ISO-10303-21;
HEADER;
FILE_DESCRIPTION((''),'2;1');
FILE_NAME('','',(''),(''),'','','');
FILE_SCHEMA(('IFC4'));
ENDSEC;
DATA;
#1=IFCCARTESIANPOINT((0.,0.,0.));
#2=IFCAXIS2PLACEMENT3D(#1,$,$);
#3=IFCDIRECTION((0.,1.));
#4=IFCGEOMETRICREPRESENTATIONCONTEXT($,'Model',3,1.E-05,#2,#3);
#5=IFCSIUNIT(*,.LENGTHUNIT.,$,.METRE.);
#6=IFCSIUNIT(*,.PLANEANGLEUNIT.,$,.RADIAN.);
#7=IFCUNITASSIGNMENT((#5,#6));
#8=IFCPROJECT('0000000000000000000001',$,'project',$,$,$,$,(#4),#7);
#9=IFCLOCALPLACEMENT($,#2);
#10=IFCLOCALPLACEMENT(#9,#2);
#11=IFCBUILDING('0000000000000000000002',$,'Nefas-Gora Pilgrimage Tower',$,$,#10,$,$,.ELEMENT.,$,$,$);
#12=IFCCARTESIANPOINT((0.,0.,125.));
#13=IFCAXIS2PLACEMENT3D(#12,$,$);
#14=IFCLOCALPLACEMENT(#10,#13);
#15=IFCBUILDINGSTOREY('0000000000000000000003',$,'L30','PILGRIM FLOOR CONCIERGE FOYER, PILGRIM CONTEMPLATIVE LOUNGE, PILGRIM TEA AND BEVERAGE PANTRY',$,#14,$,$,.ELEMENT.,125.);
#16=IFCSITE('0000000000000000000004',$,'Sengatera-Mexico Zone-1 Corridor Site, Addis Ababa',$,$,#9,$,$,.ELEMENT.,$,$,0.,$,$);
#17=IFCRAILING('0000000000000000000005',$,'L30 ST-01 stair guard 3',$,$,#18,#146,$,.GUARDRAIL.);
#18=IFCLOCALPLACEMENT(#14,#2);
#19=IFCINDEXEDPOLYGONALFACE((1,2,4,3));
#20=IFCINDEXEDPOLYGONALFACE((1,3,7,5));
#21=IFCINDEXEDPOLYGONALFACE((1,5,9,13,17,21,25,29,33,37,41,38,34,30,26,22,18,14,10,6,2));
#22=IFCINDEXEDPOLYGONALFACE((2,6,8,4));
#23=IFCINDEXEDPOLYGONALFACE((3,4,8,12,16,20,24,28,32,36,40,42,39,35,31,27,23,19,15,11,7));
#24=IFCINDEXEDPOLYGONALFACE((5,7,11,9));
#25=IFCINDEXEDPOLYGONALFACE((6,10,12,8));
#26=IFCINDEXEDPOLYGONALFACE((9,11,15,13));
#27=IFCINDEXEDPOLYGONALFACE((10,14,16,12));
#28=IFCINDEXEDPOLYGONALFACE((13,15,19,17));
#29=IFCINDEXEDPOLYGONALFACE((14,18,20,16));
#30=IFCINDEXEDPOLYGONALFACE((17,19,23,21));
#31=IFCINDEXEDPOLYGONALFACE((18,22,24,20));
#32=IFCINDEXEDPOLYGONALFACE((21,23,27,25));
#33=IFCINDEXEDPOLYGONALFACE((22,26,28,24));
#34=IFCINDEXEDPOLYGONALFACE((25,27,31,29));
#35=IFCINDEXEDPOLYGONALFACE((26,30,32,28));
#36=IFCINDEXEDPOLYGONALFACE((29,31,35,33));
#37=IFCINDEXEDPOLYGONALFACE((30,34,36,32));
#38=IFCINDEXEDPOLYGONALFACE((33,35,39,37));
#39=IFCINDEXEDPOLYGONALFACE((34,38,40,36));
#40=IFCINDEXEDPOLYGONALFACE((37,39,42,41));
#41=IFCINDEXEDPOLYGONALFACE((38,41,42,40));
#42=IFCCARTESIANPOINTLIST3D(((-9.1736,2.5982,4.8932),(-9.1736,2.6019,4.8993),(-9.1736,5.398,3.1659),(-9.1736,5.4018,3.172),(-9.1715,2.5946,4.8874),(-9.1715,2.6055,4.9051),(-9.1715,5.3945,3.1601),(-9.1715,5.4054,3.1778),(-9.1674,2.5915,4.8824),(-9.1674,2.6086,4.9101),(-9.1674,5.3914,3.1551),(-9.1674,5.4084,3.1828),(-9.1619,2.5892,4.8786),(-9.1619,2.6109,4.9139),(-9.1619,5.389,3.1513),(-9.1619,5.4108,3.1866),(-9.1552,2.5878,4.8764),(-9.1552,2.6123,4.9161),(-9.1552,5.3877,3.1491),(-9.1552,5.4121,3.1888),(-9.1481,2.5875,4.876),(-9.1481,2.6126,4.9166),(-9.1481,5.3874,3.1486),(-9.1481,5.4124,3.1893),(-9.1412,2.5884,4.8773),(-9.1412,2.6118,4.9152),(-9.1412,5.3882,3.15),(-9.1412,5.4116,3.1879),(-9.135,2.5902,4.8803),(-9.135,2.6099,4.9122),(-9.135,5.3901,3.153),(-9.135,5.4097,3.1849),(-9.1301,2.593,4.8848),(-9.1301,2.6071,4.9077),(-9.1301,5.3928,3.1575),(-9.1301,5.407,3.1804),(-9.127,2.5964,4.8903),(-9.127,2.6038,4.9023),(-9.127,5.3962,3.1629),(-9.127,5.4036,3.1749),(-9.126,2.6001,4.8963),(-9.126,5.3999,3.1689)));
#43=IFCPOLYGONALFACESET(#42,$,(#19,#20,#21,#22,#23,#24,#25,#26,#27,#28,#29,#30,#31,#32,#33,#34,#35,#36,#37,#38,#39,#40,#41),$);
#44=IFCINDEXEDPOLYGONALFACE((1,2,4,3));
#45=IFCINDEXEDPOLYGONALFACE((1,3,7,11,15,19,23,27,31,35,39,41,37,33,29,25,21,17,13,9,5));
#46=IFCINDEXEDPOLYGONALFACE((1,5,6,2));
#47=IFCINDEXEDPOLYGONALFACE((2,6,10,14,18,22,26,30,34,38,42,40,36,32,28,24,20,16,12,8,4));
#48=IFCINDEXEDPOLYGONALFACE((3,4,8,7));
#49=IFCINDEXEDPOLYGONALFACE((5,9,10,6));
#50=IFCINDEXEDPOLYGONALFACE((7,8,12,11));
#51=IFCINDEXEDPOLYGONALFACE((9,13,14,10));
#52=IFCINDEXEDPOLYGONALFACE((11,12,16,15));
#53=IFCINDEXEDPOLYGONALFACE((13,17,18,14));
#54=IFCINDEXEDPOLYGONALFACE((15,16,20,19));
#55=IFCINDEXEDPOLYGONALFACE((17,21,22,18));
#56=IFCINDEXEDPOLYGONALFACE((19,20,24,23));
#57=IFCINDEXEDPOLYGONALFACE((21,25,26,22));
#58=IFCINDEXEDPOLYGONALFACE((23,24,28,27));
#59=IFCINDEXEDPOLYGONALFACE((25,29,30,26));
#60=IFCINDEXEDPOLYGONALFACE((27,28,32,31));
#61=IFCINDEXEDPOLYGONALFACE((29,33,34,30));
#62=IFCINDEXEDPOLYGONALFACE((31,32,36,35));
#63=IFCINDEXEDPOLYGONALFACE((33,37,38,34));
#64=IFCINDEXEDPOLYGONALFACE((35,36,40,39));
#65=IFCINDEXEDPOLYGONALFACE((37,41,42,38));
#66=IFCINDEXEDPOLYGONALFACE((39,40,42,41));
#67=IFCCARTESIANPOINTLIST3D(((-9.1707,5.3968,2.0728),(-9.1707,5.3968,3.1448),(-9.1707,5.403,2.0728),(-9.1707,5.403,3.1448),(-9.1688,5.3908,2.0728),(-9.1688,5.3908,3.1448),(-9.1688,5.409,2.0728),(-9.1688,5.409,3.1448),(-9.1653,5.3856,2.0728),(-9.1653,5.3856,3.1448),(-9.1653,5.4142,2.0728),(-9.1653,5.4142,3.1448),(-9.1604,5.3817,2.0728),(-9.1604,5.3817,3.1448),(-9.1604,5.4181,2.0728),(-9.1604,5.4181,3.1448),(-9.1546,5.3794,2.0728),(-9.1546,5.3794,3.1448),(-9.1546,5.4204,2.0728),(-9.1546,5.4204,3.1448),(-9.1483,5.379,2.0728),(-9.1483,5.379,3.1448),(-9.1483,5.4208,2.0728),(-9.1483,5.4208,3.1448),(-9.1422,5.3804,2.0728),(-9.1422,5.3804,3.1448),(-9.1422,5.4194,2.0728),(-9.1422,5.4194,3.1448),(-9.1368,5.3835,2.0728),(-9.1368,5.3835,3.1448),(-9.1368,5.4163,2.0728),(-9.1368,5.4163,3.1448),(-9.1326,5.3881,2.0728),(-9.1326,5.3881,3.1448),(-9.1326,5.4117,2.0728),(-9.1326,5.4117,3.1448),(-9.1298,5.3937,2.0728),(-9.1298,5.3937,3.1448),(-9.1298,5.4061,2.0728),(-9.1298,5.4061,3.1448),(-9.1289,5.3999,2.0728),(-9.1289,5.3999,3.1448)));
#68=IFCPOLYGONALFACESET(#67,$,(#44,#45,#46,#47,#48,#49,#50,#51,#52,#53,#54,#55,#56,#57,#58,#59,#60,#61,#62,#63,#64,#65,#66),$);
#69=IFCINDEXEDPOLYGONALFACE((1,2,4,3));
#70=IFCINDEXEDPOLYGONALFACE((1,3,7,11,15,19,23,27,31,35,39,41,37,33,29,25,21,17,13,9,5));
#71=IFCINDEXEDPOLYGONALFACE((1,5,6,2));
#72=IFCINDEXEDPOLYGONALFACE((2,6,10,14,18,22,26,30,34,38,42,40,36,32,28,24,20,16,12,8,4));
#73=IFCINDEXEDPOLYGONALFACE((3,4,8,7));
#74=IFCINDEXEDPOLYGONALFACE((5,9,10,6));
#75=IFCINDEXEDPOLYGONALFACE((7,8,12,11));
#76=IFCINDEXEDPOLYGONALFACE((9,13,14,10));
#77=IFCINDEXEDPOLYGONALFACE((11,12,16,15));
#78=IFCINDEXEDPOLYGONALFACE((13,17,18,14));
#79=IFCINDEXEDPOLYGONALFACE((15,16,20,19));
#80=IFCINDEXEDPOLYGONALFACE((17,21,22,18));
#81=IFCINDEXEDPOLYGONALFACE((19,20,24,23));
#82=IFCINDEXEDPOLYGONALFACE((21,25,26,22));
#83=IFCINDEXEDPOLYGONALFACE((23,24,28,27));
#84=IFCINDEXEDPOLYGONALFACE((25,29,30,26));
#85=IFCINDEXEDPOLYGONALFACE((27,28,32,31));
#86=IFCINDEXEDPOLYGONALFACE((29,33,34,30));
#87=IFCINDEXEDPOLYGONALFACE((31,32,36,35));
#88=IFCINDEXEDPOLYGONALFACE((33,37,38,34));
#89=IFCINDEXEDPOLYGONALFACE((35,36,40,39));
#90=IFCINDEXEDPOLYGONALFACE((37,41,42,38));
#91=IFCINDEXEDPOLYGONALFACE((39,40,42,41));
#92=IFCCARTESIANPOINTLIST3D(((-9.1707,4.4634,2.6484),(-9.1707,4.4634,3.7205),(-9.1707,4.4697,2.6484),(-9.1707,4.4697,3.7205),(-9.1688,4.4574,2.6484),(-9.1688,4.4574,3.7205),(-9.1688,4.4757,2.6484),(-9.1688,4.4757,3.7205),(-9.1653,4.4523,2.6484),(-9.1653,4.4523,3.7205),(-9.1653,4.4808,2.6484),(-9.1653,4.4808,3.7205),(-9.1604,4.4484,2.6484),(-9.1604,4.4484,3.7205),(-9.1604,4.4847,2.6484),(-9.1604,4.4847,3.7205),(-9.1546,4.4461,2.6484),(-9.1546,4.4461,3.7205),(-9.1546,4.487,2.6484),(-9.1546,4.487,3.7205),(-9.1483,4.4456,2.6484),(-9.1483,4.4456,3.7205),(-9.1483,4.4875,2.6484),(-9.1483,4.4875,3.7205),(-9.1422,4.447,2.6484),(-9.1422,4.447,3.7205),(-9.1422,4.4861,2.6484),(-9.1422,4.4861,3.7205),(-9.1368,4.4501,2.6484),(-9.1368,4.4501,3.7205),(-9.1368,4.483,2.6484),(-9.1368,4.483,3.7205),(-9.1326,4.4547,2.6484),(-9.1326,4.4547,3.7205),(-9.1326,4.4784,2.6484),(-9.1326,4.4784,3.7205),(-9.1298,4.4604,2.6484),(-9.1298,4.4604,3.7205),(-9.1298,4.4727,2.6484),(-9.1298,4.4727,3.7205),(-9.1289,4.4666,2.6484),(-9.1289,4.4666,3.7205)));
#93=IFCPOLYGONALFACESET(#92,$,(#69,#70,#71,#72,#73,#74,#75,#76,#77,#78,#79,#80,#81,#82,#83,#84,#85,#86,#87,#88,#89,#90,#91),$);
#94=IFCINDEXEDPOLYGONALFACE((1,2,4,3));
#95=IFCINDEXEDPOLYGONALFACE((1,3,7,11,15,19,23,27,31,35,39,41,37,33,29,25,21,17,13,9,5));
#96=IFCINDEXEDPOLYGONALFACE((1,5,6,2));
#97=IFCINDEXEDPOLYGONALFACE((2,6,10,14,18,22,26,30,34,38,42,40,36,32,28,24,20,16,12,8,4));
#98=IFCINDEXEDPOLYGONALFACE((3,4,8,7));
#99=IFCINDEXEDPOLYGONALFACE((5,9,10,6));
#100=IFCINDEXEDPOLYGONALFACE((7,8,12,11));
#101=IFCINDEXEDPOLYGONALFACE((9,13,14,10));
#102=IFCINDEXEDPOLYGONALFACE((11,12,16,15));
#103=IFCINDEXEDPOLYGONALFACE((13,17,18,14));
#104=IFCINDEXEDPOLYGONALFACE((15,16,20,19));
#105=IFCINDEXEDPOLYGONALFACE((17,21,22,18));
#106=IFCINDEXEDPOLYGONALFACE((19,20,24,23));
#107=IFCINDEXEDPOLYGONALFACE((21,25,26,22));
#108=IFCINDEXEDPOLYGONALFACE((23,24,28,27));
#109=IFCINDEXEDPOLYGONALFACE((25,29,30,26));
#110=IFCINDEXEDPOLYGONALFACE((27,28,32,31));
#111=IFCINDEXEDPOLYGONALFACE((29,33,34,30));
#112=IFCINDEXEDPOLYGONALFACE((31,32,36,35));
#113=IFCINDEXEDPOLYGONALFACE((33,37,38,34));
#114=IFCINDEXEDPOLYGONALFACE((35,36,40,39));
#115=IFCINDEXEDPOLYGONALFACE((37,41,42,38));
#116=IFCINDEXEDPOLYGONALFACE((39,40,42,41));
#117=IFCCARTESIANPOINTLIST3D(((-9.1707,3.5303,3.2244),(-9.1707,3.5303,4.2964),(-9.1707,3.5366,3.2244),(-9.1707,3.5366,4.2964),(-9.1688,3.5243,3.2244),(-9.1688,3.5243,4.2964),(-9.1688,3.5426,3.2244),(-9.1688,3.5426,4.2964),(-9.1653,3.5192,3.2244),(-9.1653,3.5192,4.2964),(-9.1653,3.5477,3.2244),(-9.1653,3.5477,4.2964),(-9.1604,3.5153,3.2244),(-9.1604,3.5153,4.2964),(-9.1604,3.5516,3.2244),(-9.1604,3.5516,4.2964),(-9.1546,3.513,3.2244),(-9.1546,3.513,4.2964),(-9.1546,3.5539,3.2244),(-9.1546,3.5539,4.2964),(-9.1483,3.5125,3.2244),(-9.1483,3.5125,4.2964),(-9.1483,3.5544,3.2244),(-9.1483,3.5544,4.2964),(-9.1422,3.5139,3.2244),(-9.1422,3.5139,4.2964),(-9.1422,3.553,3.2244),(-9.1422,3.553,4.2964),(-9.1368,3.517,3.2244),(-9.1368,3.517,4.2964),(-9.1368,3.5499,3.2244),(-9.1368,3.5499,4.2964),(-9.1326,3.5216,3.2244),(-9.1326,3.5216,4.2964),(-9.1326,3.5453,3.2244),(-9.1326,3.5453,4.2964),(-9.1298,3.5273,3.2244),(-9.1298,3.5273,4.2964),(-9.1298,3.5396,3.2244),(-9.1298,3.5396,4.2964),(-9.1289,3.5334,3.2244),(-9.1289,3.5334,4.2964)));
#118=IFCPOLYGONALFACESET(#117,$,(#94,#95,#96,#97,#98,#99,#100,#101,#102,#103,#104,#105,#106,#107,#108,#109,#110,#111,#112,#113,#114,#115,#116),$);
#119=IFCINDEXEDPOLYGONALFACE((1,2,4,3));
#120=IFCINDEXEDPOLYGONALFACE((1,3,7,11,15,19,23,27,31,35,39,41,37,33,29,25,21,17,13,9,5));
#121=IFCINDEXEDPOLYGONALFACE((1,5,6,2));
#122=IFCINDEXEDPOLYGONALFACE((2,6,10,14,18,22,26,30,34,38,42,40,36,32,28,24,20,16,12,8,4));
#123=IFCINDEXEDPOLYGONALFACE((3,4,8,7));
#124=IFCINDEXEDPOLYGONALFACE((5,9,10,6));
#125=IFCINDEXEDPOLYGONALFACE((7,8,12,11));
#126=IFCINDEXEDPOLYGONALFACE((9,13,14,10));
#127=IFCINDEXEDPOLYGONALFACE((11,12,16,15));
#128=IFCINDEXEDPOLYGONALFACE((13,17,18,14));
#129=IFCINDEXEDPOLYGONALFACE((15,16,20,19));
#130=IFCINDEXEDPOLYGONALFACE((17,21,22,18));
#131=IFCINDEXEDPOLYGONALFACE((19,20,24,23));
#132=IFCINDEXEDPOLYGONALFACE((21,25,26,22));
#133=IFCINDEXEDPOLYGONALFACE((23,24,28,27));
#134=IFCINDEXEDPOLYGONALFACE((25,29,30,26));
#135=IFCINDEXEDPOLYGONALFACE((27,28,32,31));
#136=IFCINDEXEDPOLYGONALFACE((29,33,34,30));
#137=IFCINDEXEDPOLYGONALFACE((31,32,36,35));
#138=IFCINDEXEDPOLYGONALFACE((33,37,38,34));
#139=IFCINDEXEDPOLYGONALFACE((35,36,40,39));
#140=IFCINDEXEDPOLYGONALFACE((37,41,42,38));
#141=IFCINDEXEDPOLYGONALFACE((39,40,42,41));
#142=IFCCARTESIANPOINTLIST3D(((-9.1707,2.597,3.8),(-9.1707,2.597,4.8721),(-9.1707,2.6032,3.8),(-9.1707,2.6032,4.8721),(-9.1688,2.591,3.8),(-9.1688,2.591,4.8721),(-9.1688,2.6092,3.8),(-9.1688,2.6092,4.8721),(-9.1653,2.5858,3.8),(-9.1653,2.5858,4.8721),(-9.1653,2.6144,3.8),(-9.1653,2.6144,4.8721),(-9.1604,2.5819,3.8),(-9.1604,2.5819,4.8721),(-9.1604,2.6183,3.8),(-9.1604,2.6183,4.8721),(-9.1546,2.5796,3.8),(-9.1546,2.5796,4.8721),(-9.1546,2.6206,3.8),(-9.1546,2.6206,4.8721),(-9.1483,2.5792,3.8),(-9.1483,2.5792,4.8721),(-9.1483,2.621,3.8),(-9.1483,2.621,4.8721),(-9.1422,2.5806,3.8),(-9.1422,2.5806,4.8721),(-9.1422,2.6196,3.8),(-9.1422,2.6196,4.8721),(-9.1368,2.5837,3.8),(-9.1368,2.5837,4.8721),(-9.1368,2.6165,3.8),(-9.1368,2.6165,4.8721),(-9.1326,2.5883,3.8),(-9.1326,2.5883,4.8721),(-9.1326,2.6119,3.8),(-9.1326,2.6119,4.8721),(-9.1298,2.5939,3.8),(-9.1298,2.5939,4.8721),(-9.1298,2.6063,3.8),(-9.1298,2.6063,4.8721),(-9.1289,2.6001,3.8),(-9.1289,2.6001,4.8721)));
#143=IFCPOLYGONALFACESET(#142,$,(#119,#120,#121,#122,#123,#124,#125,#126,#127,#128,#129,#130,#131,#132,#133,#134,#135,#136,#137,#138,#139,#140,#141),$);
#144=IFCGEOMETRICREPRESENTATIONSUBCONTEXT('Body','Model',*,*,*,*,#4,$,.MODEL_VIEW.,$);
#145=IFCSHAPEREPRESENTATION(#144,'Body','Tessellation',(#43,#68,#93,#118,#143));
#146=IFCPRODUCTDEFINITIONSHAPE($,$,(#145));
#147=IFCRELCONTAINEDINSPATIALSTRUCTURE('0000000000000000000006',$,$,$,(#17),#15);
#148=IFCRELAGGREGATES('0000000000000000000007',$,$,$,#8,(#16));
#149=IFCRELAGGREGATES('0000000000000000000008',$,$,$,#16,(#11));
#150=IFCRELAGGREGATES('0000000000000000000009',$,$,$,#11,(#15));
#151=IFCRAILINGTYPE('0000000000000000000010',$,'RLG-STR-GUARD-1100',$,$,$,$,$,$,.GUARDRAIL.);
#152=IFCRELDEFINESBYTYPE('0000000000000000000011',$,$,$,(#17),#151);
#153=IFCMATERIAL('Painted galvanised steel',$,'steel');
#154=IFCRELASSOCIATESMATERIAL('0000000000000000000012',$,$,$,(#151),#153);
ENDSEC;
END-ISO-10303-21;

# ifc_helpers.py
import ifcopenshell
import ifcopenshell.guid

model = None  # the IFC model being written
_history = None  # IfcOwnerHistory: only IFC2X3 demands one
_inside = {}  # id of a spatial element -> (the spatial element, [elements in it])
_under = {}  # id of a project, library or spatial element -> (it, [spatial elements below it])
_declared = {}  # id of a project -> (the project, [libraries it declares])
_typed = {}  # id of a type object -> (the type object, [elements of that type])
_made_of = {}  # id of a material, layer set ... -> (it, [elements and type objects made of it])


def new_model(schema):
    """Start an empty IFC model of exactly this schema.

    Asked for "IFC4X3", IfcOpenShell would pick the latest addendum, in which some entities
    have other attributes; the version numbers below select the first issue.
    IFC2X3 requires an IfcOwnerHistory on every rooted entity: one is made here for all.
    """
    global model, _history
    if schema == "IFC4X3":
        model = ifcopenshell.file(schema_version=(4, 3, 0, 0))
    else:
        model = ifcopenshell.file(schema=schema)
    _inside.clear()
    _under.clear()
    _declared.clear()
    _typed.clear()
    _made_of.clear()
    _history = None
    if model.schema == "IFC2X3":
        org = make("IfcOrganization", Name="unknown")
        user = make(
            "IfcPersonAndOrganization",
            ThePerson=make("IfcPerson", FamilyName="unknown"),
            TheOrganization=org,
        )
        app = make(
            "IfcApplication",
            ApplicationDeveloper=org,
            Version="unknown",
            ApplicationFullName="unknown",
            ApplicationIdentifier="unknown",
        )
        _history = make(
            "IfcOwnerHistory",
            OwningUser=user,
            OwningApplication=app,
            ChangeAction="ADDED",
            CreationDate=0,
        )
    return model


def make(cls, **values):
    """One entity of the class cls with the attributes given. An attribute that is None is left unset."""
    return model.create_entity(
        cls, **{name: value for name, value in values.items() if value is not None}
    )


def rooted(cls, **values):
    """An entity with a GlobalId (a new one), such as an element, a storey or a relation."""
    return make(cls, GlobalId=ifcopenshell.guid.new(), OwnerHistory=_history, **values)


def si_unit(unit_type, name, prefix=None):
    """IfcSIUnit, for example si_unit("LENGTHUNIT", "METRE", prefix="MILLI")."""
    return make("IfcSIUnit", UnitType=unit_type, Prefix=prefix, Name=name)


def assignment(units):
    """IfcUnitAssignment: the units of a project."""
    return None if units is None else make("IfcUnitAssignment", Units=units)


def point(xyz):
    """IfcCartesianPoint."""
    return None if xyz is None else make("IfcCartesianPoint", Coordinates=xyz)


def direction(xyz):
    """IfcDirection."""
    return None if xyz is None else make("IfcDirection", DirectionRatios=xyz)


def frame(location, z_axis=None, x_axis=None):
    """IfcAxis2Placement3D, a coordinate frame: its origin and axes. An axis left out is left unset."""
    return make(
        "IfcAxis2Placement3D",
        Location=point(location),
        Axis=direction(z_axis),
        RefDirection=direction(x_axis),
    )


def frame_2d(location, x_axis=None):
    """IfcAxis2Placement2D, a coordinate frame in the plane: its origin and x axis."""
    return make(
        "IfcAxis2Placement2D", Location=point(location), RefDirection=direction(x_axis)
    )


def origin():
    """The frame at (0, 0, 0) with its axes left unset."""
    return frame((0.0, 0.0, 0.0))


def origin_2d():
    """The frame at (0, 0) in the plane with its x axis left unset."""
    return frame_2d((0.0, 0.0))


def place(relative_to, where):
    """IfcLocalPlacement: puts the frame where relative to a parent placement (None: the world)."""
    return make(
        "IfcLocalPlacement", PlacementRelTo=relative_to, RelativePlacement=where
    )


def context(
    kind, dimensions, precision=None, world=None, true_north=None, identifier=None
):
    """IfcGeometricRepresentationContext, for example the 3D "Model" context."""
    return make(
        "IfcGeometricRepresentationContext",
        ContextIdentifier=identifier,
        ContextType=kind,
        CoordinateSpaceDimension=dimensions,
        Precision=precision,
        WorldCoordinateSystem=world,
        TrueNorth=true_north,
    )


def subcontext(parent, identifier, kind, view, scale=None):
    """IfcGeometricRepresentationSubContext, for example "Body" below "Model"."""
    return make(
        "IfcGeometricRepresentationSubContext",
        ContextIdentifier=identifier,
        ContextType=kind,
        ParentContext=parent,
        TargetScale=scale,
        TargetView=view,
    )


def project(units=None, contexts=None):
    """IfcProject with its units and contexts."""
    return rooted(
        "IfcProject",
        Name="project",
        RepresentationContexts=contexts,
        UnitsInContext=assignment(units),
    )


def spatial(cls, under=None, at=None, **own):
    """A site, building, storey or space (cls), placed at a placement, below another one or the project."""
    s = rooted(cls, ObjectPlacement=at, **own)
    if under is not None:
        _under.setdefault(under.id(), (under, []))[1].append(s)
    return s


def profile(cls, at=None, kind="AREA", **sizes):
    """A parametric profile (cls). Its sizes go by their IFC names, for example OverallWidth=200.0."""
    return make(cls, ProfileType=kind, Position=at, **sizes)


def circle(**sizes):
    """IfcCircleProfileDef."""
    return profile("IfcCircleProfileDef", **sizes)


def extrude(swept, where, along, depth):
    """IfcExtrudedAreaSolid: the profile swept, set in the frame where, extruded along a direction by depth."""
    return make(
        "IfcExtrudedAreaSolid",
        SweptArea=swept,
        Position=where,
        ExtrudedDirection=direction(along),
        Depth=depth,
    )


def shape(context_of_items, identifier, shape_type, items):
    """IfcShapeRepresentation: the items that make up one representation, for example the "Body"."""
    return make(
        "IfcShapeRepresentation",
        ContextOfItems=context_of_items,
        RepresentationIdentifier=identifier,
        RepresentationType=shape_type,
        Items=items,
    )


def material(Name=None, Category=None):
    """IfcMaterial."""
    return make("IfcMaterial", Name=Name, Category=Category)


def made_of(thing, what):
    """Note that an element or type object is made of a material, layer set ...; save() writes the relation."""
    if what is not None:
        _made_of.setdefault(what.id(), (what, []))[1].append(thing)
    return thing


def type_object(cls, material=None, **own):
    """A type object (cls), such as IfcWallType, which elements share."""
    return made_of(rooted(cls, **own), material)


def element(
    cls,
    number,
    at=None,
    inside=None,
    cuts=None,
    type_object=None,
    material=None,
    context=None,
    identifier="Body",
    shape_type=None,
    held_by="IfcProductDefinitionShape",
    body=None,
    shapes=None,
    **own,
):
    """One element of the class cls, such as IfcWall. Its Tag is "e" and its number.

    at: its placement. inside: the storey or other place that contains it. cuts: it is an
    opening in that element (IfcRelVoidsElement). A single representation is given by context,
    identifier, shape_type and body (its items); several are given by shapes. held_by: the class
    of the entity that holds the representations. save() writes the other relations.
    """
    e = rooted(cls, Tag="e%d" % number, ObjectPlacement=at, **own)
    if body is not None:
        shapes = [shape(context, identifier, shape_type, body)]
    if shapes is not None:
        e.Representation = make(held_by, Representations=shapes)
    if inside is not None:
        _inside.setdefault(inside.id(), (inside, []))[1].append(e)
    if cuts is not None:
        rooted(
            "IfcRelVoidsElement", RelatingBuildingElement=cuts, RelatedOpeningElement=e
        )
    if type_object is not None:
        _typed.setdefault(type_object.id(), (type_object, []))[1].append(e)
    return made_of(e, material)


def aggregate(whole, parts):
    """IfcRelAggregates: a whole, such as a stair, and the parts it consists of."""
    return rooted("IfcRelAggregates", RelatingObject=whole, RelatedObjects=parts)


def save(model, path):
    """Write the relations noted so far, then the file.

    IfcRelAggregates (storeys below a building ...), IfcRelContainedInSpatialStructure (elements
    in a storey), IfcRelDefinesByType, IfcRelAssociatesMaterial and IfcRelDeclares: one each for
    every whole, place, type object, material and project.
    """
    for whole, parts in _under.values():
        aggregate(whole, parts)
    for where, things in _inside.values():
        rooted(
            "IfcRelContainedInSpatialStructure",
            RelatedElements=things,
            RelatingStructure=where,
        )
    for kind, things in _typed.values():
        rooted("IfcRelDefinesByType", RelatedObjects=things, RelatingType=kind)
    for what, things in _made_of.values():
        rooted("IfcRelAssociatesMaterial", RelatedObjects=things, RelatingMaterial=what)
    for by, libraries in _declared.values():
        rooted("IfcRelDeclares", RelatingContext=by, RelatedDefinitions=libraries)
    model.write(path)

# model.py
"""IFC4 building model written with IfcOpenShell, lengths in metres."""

from ifc_helpers import new_model, si_unit, direction, frame, origin, origin_2d, place, context, subcontext, project, spatial, circle, extrude, material, type_object, element, save


model = new_model("IFC4")

# Units and contexts
model_context = context("Model", 3, precision=1e-05, world=origin(), true_north=direction((0.0, 1.0)))
body_context = subcontext(model_context, "Body", "Model", "MODEL_VIEW")
ifc_project = project(units=[si_unit("LENGTHUNIT", "METRE"), si_unit("PLANEANGLEUNIT", "RADIAN")], contexts=[model_context])

# Site, building, storey
site_placement = place(None, origin())
site = spatial("IfcSite", under=ifc_project, at=site_placement, Name="Sengatera-Mexico Zone-1 Corridor Site, Addis Ababa", CompositionType="ELEMENT", RefElevation=0.0)
building_placement = place(site_placement, origin())
building = spatial("IfcBuilding", under=site, at=building_placement, Name="Nefas-Gora Pilgrimage Tower", CompositionType="ELEMENT")
storey_placement = place(building_placement, frame((0.0, 0.0, 125.0)))
storey = spatial("IfcBuildingStorey", under=building, at=storey_placement, Name="L30", Description="PILGRIM FLOOR CONCIERGE FOYER, PILGRIM CONTEMPLATIVE LOUNGE, PILGRIM TEA AND BEVERAGE PANTRY", CompositionType="ELEMENT", Elevation=125.0)

# Railing
ifc_material_1 = material(Name="Painted galvanised steel", Category="steel")
railing_type_1 = type_object("IfcRailingType", Name="RLG-STR-GUARD-1100", PredefinedType="GUARDRAIL", material=ifc_material_1)
railing_1_placement = place(storey_placement, frame((-9.1499, 5.3999, 2.0728)))
element("IfcRailing", 1, at=railing_1_placement, inside=storey, type_object=railing_type_1, Name="L30 ST-01 stair guard 3", PredefinedType="GUARDRAIL", context=body_context, shape_type="SweptSolid", body=[
    extrude(circle(Radius=0.0239, at=origin_2d()), frame((0.0, 0.0, 1.0962), z_axis=(0.0, -0.851069, 0.525054), x_axis=(1.0, 0.0, 0.0)), (0.0, 0.0, 1.0), 3.2898),
    extrude(circle(Radius=0.021, at=origin_2d()), origin(), (0.0, 0.0, 1.0), 1.072),
    extrude(circle(Radius=0.021, at=origin_2d()), frame((0.0, -0.9333, 0.5757)), (0.0, 0.0, 1.0), 1.072),
    extrude(circle(Radius=0.021, at=origin_2d()), frame((0.0, -1.8665, 1.1516)), (0.0, 0.0, 1.0), 1.072),
    extrude(circle(Radius=0.021, at=origin_2d()), frame((0.0, -2.7998, 1.7273)), (0.0, 0.0, 1.0), 1.072),
])

save(model, "model.ifc")
